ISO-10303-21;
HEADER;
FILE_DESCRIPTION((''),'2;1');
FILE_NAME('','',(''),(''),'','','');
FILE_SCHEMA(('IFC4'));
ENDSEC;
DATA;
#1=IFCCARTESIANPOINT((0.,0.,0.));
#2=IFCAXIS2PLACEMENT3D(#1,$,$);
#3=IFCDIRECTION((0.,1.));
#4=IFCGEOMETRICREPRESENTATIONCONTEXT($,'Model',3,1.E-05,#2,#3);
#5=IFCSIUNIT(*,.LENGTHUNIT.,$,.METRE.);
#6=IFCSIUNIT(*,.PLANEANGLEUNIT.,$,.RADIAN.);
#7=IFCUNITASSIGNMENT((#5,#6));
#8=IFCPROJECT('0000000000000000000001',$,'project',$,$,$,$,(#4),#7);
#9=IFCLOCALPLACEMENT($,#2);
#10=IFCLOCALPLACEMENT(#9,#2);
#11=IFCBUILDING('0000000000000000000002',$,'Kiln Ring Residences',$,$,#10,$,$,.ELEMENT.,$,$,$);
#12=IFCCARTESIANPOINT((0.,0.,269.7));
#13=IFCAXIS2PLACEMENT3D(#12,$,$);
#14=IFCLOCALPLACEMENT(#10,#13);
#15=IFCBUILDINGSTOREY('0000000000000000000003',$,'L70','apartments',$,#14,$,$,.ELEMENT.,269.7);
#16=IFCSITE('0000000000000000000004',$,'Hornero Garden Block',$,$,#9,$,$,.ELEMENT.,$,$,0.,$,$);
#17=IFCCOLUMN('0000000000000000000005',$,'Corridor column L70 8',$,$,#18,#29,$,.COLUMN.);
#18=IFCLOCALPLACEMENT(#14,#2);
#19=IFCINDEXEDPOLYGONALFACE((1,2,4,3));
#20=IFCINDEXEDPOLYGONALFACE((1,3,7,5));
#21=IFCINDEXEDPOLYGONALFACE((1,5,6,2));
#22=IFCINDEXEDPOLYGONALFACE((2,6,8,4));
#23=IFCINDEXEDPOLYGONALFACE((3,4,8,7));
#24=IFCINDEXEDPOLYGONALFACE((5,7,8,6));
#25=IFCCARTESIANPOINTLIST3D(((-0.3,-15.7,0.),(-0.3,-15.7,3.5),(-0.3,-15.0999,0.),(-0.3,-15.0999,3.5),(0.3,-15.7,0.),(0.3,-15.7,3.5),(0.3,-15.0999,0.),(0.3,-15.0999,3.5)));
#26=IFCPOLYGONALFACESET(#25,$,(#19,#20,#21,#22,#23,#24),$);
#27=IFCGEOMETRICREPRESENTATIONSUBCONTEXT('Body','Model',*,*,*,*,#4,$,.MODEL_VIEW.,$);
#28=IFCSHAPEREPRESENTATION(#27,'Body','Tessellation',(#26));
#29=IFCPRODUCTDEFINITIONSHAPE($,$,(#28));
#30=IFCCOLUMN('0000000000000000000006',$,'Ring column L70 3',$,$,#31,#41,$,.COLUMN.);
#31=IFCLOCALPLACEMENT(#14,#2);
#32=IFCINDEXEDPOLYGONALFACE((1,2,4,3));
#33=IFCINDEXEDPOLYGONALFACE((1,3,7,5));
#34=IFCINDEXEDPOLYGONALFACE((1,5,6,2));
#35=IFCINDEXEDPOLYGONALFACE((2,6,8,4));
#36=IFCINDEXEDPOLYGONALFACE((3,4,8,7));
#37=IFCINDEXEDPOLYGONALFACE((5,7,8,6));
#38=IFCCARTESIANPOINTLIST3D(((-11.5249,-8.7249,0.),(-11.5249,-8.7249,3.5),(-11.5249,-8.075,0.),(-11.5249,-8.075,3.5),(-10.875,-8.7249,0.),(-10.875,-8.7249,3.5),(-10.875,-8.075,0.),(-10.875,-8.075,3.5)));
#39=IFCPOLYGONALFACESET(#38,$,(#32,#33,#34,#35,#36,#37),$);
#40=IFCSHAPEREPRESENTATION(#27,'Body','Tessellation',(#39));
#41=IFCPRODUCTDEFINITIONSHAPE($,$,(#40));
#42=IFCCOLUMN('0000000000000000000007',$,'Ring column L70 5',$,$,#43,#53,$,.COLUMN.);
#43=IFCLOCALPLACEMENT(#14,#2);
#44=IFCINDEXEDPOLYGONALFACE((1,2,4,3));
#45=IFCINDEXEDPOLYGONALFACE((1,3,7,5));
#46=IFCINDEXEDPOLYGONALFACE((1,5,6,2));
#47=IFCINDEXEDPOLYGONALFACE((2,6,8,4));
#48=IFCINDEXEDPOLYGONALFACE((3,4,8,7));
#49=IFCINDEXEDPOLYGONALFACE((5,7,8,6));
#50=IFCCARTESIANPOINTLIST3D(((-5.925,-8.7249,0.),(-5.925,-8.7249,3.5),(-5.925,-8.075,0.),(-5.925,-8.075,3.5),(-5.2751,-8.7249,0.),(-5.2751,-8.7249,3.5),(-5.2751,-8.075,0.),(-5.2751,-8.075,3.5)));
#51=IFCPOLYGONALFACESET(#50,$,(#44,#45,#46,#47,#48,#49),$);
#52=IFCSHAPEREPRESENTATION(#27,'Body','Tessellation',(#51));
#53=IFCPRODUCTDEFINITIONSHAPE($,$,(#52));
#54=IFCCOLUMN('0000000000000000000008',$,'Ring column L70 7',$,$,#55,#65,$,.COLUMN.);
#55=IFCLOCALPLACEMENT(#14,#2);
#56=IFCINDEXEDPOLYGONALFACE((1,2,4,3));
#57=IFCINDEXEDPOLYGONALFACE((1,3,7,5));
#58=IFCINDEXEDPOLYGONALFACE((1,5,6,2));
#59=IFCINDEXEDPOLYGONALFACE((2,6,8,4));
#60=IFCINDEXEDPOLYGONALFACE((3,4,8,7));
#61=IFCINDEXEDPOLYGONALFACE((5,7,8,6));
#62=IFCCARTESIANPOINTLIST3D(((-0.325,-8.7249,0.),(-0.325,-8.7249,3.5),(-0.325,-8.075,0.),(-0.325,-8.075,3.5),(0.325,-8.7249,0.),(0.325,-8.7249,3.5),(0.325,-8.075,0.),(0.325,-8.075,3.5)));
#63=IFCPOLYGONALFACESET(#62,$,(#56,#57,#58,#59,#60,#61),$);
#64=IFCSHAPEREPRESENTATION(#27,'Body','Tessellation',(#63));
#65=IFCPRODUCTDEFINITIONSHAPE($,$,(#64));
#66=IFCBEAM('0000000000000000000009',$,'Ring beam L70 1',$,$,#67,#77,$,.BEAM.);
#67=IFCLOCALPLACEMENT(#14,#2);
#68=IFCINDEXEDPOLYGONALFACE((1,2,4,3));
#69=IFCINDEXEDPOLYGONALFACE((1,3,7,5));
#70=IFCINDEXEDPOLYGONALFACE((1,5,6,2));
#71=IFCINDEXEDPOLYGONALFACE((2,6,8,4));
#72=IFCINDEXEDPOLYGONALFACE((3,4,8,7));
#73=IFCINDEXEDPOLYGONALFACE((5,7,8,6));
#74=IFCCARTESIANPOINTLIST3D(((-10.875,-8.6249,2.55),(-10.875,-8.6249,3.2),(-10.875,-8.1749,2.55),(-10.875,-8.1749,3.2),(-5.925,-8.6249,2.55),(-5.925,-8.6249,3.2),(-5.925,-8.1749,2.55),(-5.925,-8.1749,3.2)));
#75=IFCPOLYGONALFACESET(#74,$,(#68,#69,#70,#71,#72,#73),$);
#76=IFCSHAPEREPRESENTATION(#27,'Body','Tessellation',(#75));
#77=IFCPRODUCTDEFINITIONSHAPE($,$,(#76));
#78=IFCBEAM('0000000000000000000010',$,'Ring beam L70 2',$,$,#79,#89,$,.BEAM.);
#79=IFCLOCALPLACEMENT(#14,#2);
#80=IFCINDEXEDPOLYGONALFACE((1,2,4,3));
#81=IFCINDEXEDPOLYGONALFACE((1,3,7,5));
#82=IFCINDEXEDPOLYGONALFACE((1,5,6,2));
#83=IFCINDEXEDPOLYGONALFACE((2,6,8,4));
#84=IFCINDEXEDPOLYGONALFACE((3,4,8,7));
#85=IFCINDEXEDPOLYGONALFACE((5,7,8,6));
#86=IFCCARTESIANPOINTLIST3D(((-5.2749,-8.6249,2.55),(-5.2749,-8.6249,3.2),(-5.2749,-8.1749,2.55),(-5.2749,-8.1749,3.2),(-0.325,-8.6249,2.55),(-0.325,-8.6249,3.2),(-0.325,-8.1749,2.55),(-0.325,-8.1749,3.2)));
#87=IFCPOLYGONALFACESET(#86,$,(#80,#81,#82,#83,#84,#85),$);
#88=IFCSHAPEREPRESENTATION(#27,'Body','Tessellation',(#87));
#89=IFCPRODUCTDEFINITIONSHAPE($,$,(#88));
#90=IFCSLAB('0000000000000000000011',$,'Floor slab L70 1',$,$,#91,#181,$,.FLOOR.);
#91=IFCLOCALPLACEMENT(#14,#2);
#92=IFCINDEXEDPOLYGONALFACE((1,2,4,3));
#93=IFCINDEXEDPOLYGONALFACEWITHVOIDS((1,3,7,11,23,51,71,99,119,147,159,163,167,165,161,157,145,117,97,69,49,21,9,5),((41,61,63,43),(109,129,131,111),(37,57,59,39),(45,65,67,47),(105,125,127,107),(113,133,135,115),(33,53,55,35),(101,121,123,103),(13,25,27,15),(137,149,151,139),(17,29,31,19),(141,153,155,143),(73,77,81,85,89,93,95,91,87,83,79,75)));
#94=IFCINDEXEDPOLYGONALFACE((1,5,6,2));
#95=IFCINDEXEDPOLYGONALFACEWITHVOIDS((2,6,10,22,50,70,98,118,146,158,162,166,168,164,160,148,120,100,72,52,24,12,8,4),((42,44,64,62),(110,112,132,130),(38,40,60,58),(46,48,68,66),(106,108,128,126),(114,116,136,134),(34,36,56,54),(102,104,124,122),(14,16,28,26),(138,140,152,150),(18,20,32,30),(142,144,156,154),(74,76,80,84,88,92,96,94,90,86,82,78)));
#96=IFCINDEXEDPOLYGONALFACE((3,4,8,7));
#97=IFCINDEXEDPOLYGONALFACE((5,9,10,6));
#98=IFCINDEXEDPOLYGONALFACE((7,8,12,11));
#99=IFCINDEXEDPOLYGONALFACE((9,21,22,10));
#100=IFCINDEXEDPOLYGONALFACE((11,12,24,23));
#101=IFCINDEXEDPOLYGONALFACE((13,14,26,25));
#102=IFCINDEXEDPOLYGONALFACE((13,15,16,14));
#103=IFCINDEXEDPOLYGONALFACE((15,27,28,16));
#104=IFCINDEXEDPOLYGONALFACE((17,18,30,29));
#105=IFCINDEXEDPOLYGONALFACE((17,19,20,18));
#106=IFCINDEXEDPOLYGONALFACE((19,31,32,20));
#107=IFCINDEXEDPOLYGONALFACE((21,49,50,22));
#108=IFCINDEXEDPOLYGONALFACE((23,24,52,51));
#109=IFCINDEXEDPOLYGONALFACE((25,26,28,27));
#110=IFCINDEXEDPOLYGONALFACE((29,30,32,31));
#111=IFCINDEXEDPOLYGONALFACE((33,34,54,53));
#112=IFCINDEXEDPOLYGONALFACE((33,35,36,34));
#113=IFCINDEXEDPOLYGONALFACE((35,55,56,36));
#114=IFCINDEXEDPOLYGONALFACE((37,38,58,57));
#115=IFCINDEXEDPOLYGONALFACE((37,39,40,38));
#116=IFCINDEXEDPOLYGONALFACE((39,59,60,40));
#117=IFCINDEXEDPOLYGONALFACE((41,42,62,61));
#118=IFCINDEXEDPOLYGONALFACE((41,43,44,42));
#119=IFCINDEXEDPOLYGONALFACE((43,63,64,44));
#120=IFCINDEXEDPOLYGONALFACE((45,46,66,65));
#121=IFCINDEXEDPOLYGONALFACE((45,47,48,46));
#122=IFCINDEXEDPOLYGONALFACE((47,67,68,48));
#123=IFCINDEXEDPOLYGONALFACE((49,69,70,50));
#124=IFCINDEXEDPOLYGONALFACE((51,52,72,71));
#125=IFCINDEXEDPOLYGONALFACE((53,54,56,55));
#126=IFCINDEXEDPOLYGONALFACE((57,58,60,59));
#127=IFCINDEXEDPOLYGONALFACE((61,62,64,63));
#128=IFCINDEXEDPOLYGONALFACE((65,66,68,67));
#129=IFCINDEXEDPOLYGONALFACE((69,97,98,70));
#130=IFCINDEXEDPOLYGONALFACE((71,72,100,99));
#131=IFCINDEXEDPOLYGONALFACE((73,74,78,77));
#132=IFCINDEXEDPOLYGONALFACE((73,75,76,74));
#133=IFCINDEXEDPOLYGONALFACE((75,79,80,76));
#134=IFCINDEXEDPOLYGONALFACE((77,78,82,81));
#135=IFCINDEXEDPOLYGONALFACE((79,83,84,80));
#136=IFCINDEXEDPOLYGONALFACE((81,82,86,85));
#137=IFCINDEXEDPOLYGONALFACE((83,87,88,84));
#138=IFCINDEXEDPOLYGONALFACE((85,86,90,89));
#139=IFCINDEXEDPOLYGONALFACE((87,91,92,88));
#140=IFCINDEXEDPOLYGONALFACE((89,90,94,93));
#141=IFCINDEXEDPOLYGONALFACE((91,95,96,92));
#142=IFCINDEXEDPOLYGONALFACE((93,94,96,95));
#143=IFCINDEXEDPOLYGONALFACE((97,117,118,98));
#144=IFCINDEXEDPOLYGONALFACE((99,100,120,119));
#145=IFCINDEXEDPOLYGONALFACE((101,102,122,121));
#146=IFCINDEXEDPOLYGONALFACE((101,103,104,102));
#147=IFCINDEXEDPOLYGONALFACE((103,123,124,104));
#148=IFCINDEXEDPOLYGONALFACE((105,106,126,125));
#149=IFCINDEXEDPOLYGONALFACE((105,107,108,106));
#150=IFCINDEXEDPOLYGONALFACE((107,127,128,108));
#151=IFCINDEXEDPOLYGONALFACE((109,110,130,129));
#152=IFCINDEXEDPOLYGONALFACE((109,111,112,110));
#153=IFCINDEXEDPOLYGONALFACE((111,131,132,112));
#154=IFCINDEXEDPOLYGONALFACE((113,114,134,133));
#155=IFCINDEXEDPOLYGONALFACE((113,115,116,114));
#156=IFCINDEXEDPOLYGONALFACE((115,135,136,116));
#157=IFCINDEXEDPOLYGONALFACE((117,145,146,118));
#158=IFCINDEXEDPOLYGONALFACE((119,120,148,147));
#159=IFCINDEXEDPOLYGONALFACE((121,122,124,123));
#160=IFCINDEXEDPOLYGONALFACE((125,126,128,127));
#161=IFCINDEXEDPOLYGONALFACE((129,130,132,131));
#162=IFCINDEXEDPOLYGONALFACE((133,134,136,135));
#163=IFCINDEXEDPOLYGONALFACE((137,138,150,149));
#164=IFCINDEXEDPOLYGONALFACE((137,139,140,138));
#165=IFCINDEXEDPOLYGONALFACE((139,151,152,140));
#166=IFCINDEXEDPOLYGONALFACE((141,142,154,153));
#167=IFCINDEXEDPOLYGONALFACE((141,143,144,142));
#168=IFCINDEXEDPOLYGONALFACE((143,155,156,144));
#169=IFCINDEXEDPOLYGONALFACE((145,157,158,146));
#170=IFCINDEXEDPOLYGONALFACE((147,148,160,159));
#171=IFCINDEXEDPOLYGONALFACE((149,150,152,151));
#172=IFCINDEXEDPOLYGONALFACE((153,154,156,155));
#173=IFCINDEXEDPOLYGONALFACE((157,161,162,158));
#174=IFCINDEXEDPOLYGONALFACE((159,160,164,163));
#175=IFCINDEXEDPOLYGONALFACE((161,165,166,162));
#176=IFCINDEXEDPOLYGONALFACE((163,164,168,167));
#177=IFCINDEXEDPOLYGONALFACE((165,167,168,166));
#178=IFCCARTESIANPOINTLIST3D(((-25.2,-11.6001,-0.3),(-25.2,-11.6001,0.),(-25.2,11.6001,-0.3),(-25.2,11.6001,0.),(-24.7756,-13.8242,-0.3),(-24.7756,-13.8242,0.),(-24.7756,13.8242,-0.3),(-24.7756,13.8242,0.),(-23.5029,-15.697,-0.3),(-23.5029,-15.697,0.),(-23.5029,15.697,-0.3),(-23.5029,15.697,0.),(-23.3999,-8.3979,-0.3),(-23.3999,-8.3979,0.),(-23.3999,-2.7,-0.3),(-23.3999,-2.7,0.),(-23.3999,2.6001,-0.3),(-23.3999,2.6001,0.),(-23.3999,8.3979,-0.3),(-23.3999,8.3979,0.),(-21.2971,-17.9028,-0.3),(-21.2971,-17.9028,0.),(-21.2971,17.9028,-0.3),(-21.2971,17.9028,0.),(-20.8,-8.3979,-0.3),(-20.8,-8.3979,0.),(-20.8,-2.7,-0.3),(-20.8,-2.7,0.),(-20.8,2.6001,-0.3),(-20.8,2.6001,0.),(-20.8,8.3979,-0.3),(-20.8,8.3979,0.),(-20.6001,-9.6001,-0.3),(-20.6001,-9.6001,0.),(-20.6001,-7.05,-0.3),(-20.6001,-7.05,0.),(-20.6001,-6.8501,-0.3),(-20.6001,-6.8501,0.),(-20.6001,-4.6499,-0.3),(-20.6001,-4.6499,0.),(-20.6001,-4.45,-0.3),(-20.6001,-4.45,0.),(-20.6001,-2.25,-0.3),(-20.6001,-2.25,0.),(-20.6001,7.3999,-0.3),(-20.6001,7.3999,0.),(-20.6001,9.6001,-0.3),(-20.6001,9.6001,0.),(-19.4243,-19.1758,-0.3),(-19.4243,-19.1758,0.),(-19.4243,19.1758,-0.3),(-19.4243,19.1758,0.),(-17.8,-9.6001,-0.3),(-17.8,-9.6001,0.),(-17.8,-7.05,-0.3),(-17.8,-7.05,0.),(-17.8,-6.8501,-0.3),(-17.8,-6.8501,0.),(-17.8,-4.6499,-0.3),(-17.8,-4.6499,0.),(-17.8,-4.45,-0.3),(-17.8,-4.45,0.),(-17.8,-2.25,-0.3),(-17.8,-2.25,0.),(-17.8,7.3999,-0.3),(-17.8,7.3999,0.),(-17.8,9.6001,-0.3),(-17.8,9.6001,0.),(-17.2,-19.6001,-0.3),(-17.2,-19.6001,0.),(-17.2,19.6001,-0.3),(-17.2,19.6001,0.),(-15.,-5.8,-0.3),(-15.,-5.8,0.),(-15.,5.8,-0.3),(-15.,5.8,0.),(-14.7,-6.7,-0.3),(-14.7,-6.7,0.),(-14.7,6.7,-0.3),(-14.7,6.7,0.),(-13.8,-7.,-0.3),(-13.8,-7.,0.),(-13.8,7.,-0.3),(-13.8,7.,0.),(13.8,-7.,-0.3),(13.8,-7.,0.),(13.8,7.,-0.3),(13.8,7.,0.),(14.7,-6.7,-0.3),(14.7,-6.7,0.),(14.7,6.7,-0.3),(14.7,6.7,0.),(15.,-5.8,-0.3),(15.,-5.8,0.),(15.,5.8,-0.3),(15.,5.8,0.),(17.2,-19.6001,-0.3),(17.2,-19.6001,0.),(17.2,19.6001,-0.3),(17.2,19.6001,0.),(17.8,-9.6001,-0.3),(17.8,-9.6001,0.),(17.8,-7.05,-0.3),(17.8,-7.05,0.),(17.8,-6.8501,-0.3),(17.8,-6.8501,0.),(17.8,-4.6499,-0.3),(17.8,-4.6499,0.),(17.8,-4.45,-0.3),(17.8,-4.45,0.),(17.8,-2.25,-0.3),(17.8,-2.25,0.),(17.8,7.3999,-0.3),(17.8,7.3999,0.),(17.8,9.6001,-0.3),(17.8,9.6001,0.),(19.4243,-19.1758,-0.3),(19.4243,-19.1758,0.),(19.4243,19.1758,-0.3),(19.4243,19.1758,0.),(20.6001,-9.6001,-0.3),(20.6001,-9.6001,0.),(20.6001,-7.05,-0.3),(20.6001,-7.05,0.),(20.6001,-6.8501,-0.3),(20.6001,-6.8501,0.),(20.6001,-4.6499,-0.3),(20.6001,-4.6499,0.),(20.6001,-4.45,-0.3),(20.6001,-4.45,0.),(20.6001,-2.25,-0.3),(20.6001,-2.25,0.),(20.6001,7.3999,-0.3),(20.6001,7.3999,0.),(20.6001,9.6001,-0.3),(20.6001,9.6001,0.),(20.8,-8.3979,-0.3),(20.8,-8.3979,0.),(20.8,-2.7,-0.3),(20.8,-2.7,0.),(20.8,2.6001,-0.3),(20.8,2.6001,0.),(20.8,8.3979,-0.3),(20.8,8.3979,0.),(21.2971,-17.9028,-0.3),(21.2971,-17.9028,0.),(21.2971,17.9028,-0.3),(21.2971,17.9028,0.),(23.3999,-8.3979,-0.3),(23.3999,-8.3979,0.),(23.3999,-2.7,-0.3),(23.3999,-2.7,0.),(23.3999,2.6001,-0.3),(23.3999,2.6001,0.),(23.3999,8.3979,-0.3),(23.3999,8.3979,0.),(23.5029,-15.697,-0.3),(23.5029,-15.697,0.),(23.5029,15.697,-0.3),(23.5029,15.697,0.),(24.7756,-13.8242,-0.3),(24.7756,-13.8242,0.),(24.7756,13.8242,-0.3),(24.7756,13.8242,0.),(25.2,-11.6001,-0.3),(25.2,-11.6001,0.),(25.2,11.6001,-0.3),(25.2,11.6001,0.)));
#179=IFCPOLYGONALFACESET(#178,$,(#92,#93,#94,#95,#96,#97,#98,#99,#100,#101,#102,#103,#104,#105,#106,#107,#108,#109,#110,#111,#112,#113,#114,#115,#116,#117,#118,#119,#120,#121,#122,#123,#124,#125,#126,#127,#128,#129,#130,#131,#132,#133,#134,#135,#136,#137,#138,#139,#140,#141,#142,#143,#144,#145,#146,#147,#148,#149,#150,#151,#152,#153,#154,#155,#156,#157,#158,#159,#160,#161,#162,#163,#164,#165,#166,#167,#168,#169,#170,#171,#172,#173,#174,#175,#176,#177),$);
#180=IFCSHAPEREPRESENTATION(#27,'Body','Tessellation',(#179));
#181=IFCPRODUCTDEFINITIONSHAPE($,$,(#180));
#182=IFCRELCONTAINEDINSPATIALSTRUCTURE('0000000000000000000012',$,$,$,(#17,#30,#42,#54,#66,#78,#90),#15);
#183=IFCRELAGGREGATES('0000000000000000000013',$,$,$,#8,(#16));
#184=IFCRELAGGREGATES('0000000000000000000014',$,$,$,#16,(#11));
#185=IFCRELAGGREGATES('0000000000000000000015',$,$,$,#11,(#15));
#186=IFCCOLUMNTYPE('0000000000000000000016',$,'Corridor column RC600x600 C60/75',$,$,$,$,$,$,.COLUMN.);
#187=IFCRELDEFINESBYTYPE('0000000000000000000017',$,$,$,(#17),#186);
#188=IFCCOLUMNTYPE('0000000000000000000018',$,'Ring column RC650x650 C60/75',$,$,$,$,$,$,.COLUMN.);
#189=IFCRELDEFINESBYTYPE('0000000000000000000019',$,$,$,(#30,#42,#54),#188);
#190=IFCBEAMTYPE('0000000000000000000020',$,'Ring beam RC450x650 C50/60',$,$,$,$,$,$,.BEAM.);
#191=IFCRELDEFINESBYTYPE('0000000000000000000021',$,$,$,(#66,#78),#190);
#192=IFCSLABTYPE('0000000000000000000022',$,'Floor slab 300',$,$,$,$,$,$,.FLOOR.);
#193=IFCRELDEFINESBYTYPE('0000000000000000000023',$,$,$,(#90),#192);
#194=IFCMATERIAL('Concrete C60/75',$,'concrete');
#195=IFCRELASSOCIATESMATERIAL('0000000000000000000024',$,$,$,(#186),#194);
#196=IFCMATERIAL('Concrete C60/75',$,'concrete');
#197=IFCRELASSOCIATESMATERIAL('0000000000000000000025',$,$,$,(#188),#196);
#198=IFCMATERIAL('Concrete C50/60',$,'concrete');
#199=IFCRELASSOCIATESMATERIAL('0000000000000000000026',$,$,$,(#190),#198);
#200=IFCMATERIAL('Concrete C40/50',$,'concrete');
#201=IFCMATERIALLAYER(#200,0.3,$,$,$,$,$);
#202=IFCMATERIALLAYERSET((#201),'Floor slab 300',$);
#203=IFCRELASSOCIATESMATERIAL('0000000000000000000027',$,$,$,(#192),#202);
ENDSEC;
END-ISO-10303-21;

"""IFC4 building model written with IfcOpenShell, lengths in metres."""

from ifc_helpers import new_model, si_unit, direction, frame, origin, origin_2d, place, context, subcontext, project, spatial, polyline, rectangle, outline, extrude, material, layer, layer_set, material_profile, profile_set, type_object, element, save


model = new_model("IFC4")

# Units and contexts
model_context = context("Model", 3, precision=1e-05, world=origin(), true_north=direction((0.0, 1.0)))
body_context = subcontext(model_context, "Body", "Model", "MODEL_VIEW")
ifc_project = project(units=[si_unit("LENGTHUNIT", "METRE"), si_unit("PLANEANGLEUNIT", "RADIAN")], contexts=[model_context])

# Site, building, storey
site_placement = place(None, origin())
site = spatial("IfcSite", under=ifc_project, at=site_placement, Name="Hornero Garden Block", CompositionType="ELEMENT", RefElevation=0.0)
building_placement = place(site_placement, origin())
building = spatial("IfcBuilding", under=site, at=building_placement, Name="Kiln Ring Residences", CompositionType="ELEMENT")
storey_placement = place(building_placement, frame((0.0, 0.0, 269.7)))
storey = spatial("IfcBuildingStorey", under=building, at=storey_placement, Name="L70", Description="apartments", CompositionType="ELEMENT", Elevation=269.7)

# Columns
ifc_material_1 = material(Name="Concrete C60/75", Category="concrete")
ifc_material_profile_1 = material_profile(ifc_material_1, rectangle(XDim=0.6001, YDim=0.6001, at=origin_2d()), Name="RC600x600")
ifc_profile_set_1 = profile_set([ifc_material_profile_1], Name="Concrete C60/75")
column_type_1 = type_object("IfcColumnType", Name="Corridor column RC600x600 C60/75", PredefinedType="COLUMN", material=ifc_profile_set_1)
column_placement = place(storey_placement, frame((0.0, -15.3999, 0.0), z_axis=(0.0, 0.0, 1.0), x_axis=(1.0, 0.0, 0.0)))
element("IfcColumn", 1, at=column_placement, inside=storey, type_object=column_type_1, Name="Corridor column L70 8", PredefinedType="COLUMN", context=body_context, shape_type="SweptSolid", body=[
    extrude(rectangle(XDim=0.6001, YDim=0.6001, at=origin_2d()), origin(), (0.0, 0.0, 1.0), 3.5),
])
ifc_material_2 = material(Name="Concrete C60/75", Category="concrete")
ifc_material_profile_2 = material_profile(ifc_material_2, rectangle(XDim=0.6499, YDim=0.6499, at=origin_2d()), Name="RC650x650")
ifc_profile_set_2 = profile_set([ifc_material_profile_2], Name="Concrete C60/75")
column_type_2 = type_object("IfcColumnType", Name="Ring column RC650x650 C60/75", PredefinedType="COLUMN", material=ifc_profile_set_2)
for number, where, z_axis, x_axis, name in (
    (2, (-11.2, -8.3999, 0.0), (0.0, 0.0, 1.0), (1.0, 0.0, 0.0), "Ring column L70 3"),
    (3, (-5.6001, -8.3999, 0.0), (0.0, 0.0, 1.0), (1.0, 0.0, 0.0), "Ring column L70 5"),
    (4, (0.0, -8.3999, 0.0), (0.0, 0.0, 1.0), (1.0, 0.0, 0.0), "Ring column L70 7"),
):
    element("IfcColumn", number, at=place(storey_placement, frame(where, z_axis=z_axis, x_axis=x_axis)), inside=storey, type_object=column_type_2, Name=name, PredefinedType="COLUMN", context=body_context, shape_type="SweptSolid", body=[
        extrude(rectangle(XDim=0.6499, YDim=0.6499, at=origin_2d()), origin(), (0.0, 0.0, 1.0), 3.5),
    ])

# Beams
ifc_material_3 = material(Name="Concrete C50/60", Category="concrete")
ifc_material_profile_3 = material_profile(ifc_material_3, rectangle(XDim=0.45, YDim=0.6499, at=origin_2d()), Name="RC450x650")
ifc_profile_set_3 = profile_set([ifc_material_profile_3], Name="Concrete C50/60")
beam_type = type_object("IfcBeamType", Name="Ring beam RC450x650 C50/60", PredefinedType="BEAM", material=ifc_profile_set_3)
for number, where, z_axis, x_axis, name in (
    (5, (-10.875, -8.3999, 2.875), (1.0, 0.0, 0.0), (0.0, 1.0, 0.0), "Ring beam L70 1"),
    (6, (-5.2749, -8.3999, 2.875), (1.0, 0.0, 0.0), (0.0, 1.0, 0.0), "Ring beam L70 2"),
):
    element("IfcBeam", number, at=place(storey_placement, frame(where, z_axis=z_axis, x_axis=x_axis)), inside=storey, type_object=beam_type, Name=name, PredefinedType="BEAM", context=body_context, shape_type="SweptSolid", body=[
        extrude(rectangle(XDim=0.45, YDim=0.6499, at=origin_2d()), origin(), (0.0, 0.0, 1.0), 4.95),
    ])

# Slab
ifc_material_4 = material(Name="Concrete C40/50", Category="concrete")
ifc_layer_1 = layer(ifc_material_4, 0.3)
ifc_layer_set_1 = layer_set([ifc_layer_1], Name="Floor slab 300")
slab_type = type_object("IfcSlabType", Name="Floor slab 300", PredefinedType="FLOOR", material=ifc_layer_set_1)
slab_placement = place(storey_placement, frame((0.0, 0.0, -0.3)))
element("IfcSlab", 7, at=slab_placement, inside=storey, type_object=slab_type, Name="Floor slab L70 1", PredefinedType="FLOOR", context=body_context, shape_type="SweptSolid", body=[
    extrude(outline(polyline([(-23.5029, -15.697), (-21.2971, -17.9028), (-19.4243, -19.1758), (-17.2, -19.6001), (17.2, -19.6001), (19.4243, -19.1758), (21.2971, -17.9028), (23.5029, -15.697), (24.7756, -13.8242), (25.2, -11.6001), (25.2, 11.6001), (24.7756, 13.8242), (23.5029, 15.697), (21.2971, 17.9028), (19.4243, 19.1758), (17.2, 19.6001), (-17.2, 19.6001), (-19.4243, 19.1758), (-21.2971, 17.9028), (-23.5029, 15.697), (-24.7756, 13.8242), (-25.2, 11.6001), (-25.2, -11.6001), (-24.7756, -13.8242), (-23.5029, -15.697)]), holes=[polyline([(-14.7, -6.7), (-15.0, -5.8), (-15.0, 5.8), (-14.7, 6.7), (-13.8, 7.0), (13.8, 7.0), (14.7, 6.7), (15.0, 5.8), (15.0, -5.8), (14.7, -6.7), (13.8, -7.0), (-13.8, -7.0), (-14.7, -6.7)]), polyline([(20.8, -8.3979), (20.8, -2.7), (23.3999, -2.7), (23.3999, -8.3979), (20.8, -8.3979)]), polyline([(20.8, 2.6001), (20.8, 8.3979), (23.3999, 8.3979), (23.3999, 2.6001), (20.8, 2.6001)]), polyline([(17.8, -6.8501), (17.8, -4.6499), (20.6001, -4.6499), (20.6001, -6.8501), (17.8, -6.8501)]), polyline([(17.8, 7.3999), (17.8, 9.6001), (20.6001, 9.6001), (20.6001, 7.3999), (17.8, 7.3999)]), polyline([(20.6001, -9.6001), (17.8, -9.6001), (17.8, -7.05), (20.6001, -7.05), (20.6001, -9.6001)]), polyline([(20.6001, -4.45), (17.8, -4.45), (17.8, -2.25), (20.6001, -2.25), (20.6001, -4.45)]), polyline([(-17.8, -7.05), (-17.8, -9.6001), (-20.6001, -9.6001), (-20.6001, -7.05), (-17.8, -7.05)]), polyline([(-17.8, -6.8501), (-20.6001, -6.8501), (-20.6001, -4.6499), (-17.8, -4.6499), (-17.8, -6.8501)]), polyline([(-17.8, -2.25), (-17.8, -4.45), (-20.6001, -4.45), (-20.6001, -2.25), (-17.8, -2.25)]), polyline([(-17.8, 7.3999), (-20.6001, 7.3999), (-20.6001, 9.6001), (-17.8, 9.6001), (-17.8, 7.3999)]), polyline([(-20.8, -8.3979), (-23.3999, -8.3979), (-23.3999, -2.7), (-20.8, -2.7), (-20.8, -8.3979)]), polyline([(-20.8, 2.6001), (-23.3999, 2.6001), (-23.3999, 8.3979), (-20.8, 8.3979), (-20.8, 2.6001)])]), origin(), (0.0, 0.0, 1.0), 0.3),
])

save(model, "model.ifc")
